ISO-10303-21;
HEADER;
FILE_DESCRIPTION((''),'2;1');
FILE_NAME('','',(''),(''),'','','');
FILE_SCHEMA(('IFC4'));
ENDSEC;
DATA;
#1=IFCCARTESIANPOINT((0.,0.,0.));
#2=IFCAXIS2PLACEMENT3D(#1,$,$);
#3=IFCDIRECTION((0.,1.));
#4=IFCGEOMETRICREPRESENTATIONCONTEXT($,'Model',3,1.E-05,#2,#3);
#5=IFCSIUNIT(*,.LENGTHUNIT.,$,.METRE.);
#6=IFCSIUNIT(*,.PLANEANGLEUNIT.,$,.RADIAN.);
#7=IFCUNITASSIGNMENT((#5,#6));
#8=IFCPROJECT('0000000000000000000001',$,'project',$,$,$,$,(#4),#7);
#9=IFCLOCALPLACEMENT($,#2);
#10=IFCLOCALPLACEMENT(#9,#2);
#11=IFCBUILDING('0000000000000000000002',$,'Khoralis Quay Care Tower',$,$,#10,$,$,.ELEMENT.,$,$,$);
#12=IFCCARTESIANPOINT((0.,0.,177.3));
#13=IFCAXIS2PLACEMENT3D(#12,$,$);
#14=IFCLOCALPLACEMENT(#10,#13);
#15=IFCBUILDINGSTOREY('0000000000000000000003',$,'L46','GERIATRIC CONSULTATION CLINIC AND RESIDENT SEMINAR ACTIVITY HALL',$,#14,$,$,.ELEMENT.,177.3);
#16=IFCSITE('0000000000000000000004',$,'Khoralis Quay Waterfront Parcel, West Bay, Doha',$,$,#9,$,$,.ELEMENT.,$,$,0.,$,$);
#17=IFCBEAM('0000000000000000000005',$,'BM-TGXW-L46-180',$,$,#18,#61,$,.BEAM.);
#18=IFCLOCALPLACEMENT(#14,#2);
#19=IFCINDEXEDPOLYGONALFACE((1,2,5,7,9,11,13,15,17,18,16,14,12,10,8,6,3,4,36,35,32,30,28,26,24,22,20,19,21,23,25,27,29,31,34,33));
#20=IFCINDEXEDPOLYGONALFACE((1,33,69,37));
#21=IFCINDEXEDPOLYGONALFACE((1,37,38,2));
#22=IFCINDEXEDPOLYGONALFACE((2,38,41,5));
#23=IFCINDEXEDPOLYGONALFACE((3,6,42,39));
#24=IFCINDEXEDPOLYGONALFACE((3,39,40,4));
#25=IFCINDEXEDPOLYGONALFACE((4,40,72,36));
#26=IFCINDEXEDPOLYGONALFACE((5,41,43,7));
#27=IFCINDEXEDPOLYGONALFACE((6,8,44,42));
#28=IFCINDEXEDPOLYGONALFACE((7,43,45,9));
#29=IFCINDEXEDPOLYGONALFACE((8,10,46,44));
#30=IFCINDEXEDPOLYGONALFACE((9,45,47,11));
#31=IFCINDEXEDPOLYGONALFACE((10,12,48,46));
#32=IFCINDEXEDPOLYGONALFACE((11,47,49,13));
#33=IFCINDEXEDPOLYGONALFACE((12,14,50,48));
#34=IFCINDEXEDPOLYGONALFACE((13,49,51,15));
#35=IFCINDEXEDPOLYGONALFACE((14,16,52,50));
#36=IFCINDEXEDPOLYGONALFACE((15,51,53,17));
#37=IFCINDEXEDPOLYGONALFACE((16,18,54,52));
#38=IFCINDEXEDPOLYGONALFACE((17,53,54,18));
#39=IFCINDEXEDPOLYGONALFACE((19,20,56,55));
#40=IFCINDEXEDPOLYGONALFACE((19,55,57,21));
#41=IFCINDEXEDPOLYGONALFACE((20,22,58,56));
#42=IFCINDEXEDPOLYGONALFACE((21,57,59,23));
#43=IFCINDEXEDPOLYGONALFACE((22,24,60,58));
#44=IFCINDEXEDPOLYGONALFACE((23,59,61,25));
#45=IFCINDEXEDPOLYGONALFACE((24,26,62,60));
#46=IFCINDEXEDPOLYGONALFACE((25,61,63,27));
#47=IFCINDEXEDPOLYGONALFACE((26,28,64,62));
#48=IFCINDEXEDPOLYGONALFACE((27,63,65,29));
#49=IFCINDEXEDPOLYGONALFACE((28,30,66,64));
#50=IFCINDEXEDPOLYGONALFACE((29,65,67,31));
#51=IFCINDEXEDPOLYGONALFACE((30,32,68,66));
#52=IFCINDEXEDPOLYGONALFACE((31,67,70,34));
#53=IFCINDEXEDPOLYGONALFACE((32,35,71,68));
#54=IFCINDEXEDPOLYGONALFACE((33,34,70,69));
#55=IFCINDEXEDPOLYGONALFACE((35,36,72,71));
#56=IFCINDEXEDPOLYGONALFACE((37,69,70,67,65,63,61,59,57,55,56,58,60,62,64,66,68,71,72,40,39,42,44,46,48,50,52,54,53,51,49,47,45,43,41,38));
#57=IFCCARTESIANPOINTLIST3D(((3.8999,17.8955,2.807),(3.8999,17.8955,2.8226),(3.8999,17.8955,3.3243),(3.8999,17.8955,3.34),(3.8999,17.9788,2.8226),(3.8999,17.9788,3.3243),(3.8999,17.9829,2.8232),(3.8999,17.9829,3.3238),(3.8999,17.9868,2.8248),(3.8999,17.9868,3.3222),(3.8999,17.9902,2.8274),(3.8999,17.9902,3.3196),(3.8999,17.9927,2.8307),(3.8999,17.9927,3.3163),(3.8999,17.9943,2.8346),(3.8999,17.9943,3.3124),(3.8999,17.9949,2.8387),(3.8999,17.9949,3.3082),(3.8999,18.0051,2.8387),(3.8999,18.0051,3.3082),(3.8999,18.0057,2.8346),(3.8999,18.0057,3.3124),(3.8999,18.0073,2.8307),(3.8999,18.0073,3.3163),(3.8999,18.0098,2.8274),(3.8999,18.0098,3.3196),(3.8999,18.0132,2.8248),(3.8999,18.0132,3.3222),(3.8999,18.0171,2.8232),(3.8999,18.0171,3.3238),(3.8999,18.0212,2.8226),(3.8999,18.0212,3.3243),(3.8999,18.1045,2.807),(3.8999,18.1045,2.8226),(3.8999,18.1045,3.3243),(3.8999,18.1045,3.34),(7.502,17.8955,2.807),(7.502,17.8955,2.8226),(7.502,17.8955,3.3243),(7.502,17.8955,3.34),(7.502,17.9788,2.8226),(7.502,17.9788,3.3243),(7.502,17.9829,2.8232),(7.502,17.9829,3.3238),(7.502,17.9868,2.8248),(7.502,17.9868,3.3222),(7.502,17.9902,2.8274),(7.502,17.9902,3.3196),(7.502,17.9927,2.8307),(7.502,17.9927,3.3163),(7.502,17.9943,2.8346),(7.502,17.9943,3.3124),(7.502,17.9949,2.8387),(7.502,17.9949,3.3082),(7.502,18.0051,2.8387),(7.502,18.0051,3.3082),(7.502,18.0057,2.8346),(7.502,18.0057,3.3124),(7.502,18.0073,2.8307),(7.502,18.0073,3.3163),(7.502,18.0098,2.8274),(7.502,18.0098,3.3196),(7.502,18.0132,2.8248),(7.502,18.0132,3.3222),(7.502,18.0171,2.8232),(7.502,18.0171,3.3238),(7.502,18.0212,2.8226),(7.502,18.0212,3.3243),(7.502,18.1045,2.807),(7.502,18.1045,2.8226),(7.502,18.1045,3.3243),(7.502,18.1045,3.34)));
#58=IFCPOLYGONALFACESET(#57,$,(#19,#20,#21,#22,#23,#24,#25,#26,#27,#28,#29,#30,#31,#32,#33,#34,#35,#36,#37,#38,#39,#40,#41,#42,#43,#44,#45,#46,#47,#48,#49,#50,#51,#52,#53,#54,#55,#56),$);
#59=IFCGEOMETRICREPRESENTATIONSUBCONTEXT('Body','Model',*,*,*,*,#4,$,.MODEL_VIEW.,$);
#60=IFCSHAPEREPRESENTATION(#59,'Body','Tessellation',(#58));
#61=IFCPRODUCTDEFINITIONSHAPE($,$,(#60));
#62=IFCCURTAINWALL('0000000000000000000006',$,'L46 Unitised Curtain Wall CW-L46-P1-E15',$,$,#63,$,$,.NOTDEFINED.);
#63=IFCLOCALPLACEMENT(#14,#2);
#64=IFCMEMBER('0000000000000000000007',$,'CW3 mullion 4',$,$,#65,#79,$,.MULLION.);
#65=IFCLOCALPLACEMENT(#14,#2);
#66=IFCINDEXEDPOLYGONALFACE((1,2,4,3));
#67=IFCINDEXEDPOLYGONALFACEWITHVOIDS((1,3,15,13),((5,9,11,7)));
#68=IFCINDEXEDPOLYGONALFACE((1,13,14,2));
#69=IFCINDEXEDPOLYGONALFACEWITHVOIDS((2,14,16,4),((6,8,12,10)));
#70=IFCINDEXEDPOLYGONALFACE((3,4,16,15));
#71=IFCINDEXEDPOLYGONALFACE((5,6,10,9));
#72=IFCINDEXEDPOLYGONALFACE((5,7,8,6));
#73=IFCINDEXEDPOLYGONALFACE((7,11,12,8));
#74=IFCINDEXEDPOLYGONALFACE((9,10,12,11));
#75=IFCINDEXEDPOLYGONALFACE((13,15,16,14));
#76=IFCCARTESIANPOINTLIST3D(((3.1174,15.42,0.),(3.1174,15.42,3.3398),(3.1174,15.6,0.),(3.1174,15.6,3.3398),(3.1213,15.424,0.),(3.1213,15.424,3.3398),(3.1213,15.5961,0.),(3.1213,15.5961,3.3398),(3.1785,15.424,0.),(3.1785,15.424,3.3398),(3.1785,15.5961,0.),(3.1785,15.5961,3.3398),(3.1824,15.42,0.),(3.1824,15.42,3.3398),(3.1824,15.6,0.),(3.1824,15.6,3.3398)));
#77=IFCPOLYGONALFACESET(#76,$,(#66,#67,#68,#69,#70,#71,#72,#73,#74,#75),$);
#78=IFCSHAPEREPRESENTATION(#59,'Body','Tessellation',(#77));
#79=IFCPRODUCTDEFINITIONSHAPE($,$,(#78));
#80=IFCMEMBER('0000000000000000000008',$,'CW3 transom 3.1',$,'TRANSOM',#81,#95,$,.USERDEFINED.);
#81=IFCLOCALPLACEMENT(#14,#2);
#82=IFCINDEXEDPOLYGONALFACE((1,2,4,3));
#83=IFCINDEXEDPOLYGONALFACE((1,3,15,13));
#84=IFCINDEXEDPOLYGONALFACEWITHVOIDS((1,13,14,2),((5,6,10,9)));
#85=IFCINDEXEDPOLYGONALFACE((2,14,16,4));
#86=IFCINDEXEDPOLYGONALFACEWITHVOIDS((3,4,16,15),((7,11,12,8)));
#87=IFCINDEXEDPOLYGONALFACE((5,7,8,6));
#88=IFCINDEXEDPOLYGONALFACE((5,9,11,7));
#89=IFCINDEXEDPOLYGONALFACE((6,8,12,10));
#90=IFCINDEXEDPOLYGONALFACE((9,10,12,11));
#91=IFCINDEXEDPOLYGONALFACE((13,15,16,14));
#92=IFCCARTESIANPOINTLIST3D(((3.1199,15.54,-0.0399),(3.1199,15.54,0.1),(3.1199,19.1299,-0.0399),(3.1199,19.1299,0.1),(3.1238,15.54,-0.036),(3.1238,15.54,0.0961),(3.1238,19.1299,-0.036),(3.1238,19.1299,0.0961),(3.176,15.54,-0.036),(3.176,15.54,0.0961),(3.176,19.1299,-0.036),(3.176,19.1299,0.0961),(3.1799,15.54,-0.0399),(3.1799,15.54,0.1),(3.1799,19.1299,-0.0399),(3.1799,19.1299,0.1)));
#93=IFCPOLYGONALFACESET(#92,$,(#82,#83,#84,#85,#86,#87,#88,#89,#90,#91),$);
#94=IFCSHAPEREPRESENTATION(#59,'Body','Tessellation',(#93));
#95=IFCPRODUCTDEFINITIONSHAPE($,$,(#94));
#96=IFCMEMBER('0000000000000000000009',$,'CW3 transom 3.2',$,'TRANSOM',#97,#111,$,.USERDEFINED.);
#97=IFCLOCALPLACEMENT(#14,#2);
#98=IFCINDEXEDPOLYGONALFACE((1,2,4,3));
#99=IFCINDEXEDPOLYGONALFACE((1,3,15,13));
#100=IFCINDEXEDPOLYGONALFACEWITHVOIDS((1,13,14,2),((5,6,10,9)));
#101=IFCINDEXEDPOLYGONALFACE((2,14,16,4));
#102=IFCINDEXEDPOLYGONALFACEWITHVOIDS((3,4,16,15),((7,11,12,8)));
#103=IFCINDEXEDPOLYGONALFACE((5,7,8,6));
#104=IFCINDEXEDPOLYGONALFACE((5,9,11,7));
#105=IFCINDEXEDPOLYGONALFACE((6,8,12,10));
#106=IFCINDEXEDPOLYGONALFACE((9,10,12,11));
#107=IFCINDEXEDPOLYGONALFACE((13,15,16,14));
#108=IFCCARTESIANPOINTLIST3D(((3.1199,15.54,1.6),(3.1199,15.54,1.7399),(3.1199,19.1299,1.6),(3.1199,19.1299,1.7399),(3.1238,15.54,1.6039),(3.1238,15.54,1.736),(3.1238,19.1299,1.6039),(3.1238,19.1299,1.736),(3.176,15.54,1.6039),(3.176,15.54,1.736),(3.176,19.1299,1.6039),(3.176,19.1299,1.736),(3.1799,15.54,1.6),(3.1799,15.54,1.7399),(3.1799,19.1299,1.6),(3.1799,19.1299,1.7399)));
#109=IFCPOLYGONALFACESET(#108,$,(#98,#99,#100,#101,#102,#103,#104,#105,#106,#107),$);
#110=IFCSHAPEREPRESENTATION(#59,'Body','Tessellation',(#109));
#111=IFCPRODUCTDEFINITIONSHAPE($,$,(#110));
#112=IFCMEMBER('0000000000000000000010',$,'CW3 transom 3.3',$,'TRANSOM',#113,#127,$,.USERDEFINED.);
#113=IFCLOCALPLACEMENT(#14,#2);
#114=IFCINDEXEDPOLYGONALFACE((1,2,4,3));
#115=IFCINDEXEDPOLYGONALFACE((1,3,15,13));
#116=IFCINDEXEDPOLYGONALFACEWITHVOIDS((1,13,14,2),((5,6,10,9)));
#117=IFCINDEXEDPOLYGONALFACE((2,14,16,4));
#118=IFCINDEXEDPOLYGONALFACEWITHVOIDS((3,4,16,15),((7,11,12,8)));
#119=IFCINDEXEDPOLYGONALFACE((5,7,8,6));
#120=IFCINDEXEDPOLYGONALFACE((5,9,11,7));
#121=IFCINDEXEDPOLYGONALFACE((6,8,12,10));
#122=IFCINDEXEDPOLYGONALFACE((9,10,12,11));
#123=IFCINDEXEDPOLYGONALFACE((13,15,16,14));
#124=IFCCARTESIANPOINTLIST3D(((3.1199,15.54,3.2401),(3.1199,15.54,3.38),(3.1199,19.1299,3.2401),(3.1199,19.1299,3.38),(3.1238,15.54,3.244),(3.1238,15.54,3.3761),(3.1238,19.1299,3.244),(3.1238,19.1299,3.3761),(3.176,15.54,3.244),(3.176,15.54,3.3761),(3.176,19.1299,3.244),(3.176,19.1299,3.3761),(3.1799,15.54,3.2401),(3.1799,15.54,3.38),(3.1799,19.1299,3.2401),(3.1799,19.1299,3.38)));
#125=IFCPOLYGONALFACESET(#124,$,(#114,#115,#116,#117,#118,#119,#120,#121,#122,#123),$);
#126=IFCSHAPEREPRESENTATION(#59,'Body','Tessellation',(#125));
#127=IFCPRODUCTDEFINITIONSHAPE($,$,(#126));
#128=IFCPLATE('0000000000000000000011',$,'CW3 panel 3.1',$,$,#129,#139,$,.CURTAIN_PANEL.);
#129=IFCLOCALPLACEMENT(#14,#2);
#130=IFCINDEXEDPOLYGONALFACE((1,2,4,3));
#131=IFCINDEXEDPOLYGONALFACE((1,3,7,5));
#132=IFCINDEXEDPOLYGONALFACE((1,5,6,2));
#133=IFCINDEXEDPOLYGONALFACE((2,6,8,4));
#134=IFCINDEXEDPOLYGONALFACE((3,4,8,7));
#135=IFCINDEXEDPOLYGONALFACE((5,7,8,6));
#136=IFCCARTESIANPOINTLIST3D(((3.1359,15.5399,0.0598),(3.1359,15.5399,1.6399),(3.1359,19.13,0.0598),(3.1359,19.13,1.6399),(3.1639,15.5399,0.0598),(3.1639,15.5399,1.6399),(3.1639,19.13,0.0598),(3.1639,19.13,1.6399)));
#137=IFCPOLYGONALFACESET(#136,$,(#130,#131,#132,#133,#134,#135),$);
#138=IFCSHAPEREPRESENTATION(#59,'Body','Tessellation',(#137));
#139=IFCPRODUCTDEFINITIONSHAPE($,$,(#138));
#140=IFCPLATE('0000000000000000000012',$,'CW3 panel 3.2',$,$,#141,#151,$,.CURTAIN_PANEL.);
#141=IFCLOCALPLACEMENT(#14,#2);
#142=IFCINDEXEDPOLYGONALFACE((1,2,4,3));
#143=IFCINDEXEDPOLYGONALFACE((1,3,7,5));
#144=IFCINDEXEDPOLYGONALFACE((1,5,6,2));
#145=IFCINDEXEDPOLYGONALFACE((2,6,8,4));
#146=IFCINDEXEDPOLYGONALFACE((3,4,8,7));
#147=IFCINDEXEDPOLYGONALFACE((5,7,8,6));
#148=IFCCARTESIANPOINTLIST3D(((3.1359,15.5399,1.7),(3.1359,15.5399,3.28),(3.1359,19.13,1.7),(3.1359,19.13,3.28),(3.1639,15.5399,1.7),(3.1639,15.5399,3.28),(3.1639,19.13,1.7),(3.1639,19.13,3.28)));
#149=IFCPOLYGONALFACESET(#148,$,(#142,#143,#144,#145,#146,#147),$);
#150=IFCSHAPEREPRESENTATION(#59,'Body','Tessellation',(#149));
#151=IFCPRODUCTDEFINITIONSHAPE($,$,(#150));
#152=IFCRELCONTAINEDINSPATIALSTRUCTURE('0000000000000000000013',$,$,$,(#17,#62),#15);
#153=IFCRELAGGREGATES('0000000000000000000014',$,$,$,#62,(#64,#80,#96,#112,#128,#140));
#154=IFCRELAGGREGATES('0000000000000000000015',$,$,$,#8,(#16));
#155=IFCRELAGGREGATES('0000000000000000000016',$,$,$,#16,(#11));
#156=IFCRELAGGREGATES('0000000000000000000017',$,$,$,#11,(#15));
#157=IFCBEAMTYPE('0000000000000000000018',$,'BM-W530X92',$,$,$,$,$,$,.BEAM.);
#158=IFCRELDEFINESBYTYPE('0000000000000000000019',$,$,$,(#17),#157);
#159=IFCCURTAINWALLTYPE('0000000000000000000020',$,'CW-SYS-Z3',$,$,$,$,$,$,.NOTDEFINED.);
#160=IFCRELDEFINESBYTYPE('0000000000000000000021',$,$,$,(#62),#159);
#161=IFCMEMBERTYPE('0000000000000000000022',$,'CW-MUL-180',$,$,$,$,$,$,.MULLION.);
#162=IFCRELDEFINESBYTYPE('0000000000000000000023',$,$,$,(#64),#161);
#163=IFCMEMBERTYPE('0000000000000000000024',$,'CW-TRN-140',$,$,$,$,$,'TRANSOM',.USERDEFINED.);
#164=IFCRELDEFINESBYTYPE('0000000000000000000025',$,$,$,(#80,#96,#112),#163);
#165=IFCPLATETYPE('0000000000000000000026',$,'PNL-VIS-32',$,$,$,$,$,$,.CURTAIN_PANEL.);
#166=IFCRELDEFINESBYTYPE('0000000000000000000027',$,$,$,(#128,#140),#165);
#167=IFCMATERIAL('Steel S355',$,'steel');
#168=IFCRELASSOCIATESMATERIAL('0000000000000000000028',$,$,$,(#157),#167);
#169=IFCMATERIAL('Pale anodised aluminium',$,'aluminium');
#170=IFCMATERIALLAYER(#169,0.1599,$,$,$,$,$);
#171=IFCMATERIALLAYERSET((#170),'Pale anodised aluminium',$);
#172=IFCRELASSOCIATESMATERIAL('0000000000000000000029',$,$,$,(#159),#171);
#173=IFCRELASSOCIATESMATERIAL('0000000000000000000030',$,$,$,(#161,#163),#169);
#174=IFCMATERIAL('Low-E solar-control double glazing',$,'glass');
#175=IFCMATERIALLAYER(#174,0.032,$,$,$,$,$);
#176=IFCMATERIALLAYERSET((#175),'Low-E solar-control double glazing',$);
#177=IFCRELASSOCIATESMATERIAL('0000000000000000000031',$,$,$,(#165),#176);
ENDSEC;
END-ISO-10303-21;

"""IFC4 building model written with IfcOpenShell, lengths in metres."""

from ifc_helpers import new_model, si_unit, direction, frame, origin, origin_2d, place, context, subcontext, project, spatial, rectangle, hollow_rectangle, i_section, extrude, source, transform, mapped, material, layer, layer_set, material_profile, profile_set, type_object, element, aggregate, save


model = new_model("IFC4")

# Units and contexts
model_context = context("Model", 3, precision=1e-05, world=origin(), true_north=direction((0.0, 1.0)))
body_context = subcontext(model_context, "Body", "Model", "MODEL_VIEW")
ifc_project = project(units=[si_unit("LENGTHUNIT", "METRE"), si_unit("PLANEANGLEUNIT", "RADIAN")], contexts=[model_context])

# Site, building, storey
site_placement = place(None, origin())
site = spatial("IfcSite", under=ifc_project, at=site_placement, Name="Khoralis Quay Waterfront Parcel, West Bay, Doha", CompositionType="ELEMENT", RefElevation=0.0)
building_placement = place(site_placement, origin())
building = spatial("IfcBuilding", under=site, at=building_placement, Name="Khoralis Quay Care Tower", CompositionType="ELEMENT")
storey_placement = place(building_placement, frame((0.0, 0.0, 177.3)))
storey = spatial("IfcBuildingStorey", under=building, at=storey_placement, Name="L46", Description="GERIATRIC CONSULTATION CLINIC AND RESIDENT SEMINAR ACTIVITY HALL", CompositionType="ELEMENT", Elevation=177.3)

# Beam
ifc_material_1 = material(Name="Steel S355", Category="steel")
ifc_material_profile_1 = material_profile(ifc_material_1, i_section(OverallWidth=0.209, OverallDepth=0.533, WebThickness=0.0103, FlangeThickness=0.0156, FilletRadius=0.0161, at=origin_2d()), Name="Steel S355")
ifc_profile_set_1 = profile_set([ifc_material_profile_1], Name="Steel S355")
beam_type_1 = type_object("IfcBeamType", Name="BM-W530X92", PredefinedType="BEAM", material=ifc_profile_set_1)
shared_shape_1 = source(origin(), body_context, "Body", "SweptSolid", [
    extrude(i_section(OverallWidth=0.209, OverallDepth=0.533, WebThickness=0.0103, FlangeThickness=0.0156, FilletRadius=0.0161, at=origin_2d()), origin(), (0.0, 0.0, 1.0), 3.6021),
])
beam_1_placement = place(storey_placement, frame((3.8999, 18.0, 3.0735), z_axis=(1.0, 0.0, 0.0), x_axis=(0.0, 1.0, 0.0)))
element("IfcBeam", 1, at=beam_1_placement, inside=storey, type_object=beam_type_1, Name="BM-TGXW-L46-180", PredefinedType="BEAM", context=body_context, shape_type="MappedRepresentation", body=[
    mapped(shared_shape_1, transform((0.0, 0.0, 0.0), scale=1.0)),
])

# Curtain wall, members, plates
ifc_material_2 = material(Name="Pale anodised aluminium", Category="aluminium")
ifc_layer_1 = layer(ifc_material_2, 0.1599)
ifc_layer_set_1 = layer_set([ifc_layer_1], Name="Pale anodised aluminium")
curtain_wall_type = type_object("IfcCurtainWallType", Name="CW-SYS-Z3", PredefinedType="NOTDEFINED", material=ifc_layer_set_1)
curtain_wall_placement = place(storey_placement, origin())
curtain_wall = element("IfcCurtainWall", 2, at=curtain_wall_placement, inside=storey, type_object=curtain_wall_type, Name="L46 Unitised Curtain Wall CW-L46-P1-E15", PredefinedType="NOTDEFINED")
ifc_material_profile_2 = material_profile(ifc_material_2, hollow_rectangle(XDim=0.0649, YDim=0.1799, WallThickness=0.0039, at=origin_2d()), Name="Pale anodised aluminium")
ifc_profile_set_2 = profile_set([ifc_material_profile_2], Name="Pale anodised aluminium")
member_type_1 = type_object("IfcMemberType", Name="CW-MUL-180", PredefinedType="MULLION", material=ifc_profile_set_2)
shared_shape_2 = source(origin(), body_context, "Body", "SweptSolid", [
    extrude(hollow_rectangle(XDim=0.0649, YDim=0.1799, WallThickness=0.0039, at=origin_2d()), origin(), (0.0, 0.0, 1.0), 3.3398),
])
member_1_placement = place(storey_placement, frame((3.1499, 15.51, 0.0), z_axis=(0.0, 0.0, 1.0), x_axis=(1.0, 0.0, 0.0)))
member_1 = element("IfcMember", 3, at=member_1_placement, type_object=member_type_1, Name="CW3 mullion 4", PredefinedType="MULLION", context=body_context, shape_type="MappedRepresentation", body=[
    mapped(shared_shape_2, transform((0.0, 0.0, 0.0), scale=1.0)),
])
ifc_material_profile_3 = material_profile(ifc_material_2, hollow_rectangle(XDim=0.0601, YDim=0.1399, WallThickness=0.0039, at=origin_2d()), Name="Pale anodised aluminium")
ifc_profile_set_3 = profile_set([ifc_material_profile_3], Name="Pale anodised aluminium")
member_type_2 = type_object("IfcMemberType", Name="CW-TRN-140", ElementType="TRANSOM", PredefinedType="USERDEFINED", material=ifc_profile_set_3)
shared_shape_3 = source(origin(), body_context, "Body", "SweptSolid", [
    extrude(hollow_rectangle(XDim=0.0601, YDim=0.1399, WallThickness=0.0039, at=origin_2d()), origin(), (0.0, 0.0, 1.0), 3.5898),
])
member_2_placement = place(storey_placement, frame((3.1499, 19.1299, 0.03), z_axis=(0.0, -1.0, 0.0), x_axis=(1.0, 0.0, 0.0)))
member_2 = element("IfcMember", 4, at=member_2_placement, type_object=member_type_2, Name="CW3 transom 3.1", ObjectType="TRANSOM", PredefinedType="USERDEFINED", context=body_context, shape_type="MappedRepresentation", body=[
    mapped(shared_shape_3, transform((0.0, 0.0, 0.0), scale=1.0)),
])
member_3_placement = place(storey_placement, frame((3.1499, 19.1299, 1.6699), z_axis=(0.0, -1.0, 0.0), x_axis=(1.0, 0.0, 0.0)))
member_3 = element("IfcMember", 5, at=member_3_placement, type_object=member_type_2, Name="CW3 transom 3.2", ObjectType="TRANSOM", PredefinedType="USERDEFINED", context=body_context, shape_type="MappedRepresentation", body=[
    mapped(shared_shape_3, transform((0.0, 0.0, 0.0), scale=1.0)),
])
member_4_placement = place(storey_placement, frame((3.1499, 19.1299, 3.3101), z_axis=(0.0, -1.0, 0.0), x_axis=(1.0, 0.0, 0.0)))
member_4 = element("IfcMember", 6, at=member_4_placement, type_object=member_type_2, Name="CW3 transom 3.3", ObjectType="TRANSOM", PredefinedType="USERDEFINED", context=body_context, shape_type="MappedRepresentation", body=[
    mapped(shared_shape_3, transform((0.0, 0.0, 0.0), scale=1.0)),
])
ifc_material_3 = material(Name="Low-E solar-control double glazing", Category="glass")
ifc_layer_2 = layer(ifc_material_3, 0.032)
ifc_layer_set_2 = layer_set([ifc_layer_2], Name="Low-E solar-control double glazing")
plate_type = type_object("IfcPlateType", Name="PNL-VIS-32", PredefinedType="CURTAIN_PANEL", material=ifc_layer_set_2)
shared_shape_4 = source(origin(), body_context, "Body", "SweptSolid", [
    extrude(rectangle(XDim=3.5901, YDim=0.0281, at=origin_2d()), origin(), (0.0, 0.0, 1.0), 1.5801),
])
plate_1_placement = place(storey_placement, frame((3.1499, 17.335, 0.0598), z_axis=(0.0, 0.0, 1.0), x_axis=(0.0, -1.0, 0.0)))
plate_1 = element("IfcPlate", 7, at=plate_1_placement, type_object=plate_type, Name="CW3 panel 3.1", PredefinedType="CURTAIN_PANEL", context=body_context, shape_type="MappedRepresentation", body=[
    mapped(shared_shape_4, transform((0.0, 0.0, 0.0), scale=1.0)),
])
plate_2_placement = place(storey_placement, frame((3.1499, 17.335, 1.7), z_axis=(0.0, 0.0, 1.0), x_axis=(0.0, -1.0, 0.0)))
plate_2 = element("IfcPlate", 8, at=plate_2_placement, type_object=plate_type, Name="CW3 panel 3.2", PredefinedType="CURTAIN_PANEL", context=body_context, shape_type="MappedRepresentation", body=[
    mapped(shared_shape_4, transform((0.0, 0.0, 0.0), scale=1.0)),
])
aggregate(curtain_wall, [member_1, member_2, member_3, member_4, plate_1, plate_2])

save(model, "model.ifc")
